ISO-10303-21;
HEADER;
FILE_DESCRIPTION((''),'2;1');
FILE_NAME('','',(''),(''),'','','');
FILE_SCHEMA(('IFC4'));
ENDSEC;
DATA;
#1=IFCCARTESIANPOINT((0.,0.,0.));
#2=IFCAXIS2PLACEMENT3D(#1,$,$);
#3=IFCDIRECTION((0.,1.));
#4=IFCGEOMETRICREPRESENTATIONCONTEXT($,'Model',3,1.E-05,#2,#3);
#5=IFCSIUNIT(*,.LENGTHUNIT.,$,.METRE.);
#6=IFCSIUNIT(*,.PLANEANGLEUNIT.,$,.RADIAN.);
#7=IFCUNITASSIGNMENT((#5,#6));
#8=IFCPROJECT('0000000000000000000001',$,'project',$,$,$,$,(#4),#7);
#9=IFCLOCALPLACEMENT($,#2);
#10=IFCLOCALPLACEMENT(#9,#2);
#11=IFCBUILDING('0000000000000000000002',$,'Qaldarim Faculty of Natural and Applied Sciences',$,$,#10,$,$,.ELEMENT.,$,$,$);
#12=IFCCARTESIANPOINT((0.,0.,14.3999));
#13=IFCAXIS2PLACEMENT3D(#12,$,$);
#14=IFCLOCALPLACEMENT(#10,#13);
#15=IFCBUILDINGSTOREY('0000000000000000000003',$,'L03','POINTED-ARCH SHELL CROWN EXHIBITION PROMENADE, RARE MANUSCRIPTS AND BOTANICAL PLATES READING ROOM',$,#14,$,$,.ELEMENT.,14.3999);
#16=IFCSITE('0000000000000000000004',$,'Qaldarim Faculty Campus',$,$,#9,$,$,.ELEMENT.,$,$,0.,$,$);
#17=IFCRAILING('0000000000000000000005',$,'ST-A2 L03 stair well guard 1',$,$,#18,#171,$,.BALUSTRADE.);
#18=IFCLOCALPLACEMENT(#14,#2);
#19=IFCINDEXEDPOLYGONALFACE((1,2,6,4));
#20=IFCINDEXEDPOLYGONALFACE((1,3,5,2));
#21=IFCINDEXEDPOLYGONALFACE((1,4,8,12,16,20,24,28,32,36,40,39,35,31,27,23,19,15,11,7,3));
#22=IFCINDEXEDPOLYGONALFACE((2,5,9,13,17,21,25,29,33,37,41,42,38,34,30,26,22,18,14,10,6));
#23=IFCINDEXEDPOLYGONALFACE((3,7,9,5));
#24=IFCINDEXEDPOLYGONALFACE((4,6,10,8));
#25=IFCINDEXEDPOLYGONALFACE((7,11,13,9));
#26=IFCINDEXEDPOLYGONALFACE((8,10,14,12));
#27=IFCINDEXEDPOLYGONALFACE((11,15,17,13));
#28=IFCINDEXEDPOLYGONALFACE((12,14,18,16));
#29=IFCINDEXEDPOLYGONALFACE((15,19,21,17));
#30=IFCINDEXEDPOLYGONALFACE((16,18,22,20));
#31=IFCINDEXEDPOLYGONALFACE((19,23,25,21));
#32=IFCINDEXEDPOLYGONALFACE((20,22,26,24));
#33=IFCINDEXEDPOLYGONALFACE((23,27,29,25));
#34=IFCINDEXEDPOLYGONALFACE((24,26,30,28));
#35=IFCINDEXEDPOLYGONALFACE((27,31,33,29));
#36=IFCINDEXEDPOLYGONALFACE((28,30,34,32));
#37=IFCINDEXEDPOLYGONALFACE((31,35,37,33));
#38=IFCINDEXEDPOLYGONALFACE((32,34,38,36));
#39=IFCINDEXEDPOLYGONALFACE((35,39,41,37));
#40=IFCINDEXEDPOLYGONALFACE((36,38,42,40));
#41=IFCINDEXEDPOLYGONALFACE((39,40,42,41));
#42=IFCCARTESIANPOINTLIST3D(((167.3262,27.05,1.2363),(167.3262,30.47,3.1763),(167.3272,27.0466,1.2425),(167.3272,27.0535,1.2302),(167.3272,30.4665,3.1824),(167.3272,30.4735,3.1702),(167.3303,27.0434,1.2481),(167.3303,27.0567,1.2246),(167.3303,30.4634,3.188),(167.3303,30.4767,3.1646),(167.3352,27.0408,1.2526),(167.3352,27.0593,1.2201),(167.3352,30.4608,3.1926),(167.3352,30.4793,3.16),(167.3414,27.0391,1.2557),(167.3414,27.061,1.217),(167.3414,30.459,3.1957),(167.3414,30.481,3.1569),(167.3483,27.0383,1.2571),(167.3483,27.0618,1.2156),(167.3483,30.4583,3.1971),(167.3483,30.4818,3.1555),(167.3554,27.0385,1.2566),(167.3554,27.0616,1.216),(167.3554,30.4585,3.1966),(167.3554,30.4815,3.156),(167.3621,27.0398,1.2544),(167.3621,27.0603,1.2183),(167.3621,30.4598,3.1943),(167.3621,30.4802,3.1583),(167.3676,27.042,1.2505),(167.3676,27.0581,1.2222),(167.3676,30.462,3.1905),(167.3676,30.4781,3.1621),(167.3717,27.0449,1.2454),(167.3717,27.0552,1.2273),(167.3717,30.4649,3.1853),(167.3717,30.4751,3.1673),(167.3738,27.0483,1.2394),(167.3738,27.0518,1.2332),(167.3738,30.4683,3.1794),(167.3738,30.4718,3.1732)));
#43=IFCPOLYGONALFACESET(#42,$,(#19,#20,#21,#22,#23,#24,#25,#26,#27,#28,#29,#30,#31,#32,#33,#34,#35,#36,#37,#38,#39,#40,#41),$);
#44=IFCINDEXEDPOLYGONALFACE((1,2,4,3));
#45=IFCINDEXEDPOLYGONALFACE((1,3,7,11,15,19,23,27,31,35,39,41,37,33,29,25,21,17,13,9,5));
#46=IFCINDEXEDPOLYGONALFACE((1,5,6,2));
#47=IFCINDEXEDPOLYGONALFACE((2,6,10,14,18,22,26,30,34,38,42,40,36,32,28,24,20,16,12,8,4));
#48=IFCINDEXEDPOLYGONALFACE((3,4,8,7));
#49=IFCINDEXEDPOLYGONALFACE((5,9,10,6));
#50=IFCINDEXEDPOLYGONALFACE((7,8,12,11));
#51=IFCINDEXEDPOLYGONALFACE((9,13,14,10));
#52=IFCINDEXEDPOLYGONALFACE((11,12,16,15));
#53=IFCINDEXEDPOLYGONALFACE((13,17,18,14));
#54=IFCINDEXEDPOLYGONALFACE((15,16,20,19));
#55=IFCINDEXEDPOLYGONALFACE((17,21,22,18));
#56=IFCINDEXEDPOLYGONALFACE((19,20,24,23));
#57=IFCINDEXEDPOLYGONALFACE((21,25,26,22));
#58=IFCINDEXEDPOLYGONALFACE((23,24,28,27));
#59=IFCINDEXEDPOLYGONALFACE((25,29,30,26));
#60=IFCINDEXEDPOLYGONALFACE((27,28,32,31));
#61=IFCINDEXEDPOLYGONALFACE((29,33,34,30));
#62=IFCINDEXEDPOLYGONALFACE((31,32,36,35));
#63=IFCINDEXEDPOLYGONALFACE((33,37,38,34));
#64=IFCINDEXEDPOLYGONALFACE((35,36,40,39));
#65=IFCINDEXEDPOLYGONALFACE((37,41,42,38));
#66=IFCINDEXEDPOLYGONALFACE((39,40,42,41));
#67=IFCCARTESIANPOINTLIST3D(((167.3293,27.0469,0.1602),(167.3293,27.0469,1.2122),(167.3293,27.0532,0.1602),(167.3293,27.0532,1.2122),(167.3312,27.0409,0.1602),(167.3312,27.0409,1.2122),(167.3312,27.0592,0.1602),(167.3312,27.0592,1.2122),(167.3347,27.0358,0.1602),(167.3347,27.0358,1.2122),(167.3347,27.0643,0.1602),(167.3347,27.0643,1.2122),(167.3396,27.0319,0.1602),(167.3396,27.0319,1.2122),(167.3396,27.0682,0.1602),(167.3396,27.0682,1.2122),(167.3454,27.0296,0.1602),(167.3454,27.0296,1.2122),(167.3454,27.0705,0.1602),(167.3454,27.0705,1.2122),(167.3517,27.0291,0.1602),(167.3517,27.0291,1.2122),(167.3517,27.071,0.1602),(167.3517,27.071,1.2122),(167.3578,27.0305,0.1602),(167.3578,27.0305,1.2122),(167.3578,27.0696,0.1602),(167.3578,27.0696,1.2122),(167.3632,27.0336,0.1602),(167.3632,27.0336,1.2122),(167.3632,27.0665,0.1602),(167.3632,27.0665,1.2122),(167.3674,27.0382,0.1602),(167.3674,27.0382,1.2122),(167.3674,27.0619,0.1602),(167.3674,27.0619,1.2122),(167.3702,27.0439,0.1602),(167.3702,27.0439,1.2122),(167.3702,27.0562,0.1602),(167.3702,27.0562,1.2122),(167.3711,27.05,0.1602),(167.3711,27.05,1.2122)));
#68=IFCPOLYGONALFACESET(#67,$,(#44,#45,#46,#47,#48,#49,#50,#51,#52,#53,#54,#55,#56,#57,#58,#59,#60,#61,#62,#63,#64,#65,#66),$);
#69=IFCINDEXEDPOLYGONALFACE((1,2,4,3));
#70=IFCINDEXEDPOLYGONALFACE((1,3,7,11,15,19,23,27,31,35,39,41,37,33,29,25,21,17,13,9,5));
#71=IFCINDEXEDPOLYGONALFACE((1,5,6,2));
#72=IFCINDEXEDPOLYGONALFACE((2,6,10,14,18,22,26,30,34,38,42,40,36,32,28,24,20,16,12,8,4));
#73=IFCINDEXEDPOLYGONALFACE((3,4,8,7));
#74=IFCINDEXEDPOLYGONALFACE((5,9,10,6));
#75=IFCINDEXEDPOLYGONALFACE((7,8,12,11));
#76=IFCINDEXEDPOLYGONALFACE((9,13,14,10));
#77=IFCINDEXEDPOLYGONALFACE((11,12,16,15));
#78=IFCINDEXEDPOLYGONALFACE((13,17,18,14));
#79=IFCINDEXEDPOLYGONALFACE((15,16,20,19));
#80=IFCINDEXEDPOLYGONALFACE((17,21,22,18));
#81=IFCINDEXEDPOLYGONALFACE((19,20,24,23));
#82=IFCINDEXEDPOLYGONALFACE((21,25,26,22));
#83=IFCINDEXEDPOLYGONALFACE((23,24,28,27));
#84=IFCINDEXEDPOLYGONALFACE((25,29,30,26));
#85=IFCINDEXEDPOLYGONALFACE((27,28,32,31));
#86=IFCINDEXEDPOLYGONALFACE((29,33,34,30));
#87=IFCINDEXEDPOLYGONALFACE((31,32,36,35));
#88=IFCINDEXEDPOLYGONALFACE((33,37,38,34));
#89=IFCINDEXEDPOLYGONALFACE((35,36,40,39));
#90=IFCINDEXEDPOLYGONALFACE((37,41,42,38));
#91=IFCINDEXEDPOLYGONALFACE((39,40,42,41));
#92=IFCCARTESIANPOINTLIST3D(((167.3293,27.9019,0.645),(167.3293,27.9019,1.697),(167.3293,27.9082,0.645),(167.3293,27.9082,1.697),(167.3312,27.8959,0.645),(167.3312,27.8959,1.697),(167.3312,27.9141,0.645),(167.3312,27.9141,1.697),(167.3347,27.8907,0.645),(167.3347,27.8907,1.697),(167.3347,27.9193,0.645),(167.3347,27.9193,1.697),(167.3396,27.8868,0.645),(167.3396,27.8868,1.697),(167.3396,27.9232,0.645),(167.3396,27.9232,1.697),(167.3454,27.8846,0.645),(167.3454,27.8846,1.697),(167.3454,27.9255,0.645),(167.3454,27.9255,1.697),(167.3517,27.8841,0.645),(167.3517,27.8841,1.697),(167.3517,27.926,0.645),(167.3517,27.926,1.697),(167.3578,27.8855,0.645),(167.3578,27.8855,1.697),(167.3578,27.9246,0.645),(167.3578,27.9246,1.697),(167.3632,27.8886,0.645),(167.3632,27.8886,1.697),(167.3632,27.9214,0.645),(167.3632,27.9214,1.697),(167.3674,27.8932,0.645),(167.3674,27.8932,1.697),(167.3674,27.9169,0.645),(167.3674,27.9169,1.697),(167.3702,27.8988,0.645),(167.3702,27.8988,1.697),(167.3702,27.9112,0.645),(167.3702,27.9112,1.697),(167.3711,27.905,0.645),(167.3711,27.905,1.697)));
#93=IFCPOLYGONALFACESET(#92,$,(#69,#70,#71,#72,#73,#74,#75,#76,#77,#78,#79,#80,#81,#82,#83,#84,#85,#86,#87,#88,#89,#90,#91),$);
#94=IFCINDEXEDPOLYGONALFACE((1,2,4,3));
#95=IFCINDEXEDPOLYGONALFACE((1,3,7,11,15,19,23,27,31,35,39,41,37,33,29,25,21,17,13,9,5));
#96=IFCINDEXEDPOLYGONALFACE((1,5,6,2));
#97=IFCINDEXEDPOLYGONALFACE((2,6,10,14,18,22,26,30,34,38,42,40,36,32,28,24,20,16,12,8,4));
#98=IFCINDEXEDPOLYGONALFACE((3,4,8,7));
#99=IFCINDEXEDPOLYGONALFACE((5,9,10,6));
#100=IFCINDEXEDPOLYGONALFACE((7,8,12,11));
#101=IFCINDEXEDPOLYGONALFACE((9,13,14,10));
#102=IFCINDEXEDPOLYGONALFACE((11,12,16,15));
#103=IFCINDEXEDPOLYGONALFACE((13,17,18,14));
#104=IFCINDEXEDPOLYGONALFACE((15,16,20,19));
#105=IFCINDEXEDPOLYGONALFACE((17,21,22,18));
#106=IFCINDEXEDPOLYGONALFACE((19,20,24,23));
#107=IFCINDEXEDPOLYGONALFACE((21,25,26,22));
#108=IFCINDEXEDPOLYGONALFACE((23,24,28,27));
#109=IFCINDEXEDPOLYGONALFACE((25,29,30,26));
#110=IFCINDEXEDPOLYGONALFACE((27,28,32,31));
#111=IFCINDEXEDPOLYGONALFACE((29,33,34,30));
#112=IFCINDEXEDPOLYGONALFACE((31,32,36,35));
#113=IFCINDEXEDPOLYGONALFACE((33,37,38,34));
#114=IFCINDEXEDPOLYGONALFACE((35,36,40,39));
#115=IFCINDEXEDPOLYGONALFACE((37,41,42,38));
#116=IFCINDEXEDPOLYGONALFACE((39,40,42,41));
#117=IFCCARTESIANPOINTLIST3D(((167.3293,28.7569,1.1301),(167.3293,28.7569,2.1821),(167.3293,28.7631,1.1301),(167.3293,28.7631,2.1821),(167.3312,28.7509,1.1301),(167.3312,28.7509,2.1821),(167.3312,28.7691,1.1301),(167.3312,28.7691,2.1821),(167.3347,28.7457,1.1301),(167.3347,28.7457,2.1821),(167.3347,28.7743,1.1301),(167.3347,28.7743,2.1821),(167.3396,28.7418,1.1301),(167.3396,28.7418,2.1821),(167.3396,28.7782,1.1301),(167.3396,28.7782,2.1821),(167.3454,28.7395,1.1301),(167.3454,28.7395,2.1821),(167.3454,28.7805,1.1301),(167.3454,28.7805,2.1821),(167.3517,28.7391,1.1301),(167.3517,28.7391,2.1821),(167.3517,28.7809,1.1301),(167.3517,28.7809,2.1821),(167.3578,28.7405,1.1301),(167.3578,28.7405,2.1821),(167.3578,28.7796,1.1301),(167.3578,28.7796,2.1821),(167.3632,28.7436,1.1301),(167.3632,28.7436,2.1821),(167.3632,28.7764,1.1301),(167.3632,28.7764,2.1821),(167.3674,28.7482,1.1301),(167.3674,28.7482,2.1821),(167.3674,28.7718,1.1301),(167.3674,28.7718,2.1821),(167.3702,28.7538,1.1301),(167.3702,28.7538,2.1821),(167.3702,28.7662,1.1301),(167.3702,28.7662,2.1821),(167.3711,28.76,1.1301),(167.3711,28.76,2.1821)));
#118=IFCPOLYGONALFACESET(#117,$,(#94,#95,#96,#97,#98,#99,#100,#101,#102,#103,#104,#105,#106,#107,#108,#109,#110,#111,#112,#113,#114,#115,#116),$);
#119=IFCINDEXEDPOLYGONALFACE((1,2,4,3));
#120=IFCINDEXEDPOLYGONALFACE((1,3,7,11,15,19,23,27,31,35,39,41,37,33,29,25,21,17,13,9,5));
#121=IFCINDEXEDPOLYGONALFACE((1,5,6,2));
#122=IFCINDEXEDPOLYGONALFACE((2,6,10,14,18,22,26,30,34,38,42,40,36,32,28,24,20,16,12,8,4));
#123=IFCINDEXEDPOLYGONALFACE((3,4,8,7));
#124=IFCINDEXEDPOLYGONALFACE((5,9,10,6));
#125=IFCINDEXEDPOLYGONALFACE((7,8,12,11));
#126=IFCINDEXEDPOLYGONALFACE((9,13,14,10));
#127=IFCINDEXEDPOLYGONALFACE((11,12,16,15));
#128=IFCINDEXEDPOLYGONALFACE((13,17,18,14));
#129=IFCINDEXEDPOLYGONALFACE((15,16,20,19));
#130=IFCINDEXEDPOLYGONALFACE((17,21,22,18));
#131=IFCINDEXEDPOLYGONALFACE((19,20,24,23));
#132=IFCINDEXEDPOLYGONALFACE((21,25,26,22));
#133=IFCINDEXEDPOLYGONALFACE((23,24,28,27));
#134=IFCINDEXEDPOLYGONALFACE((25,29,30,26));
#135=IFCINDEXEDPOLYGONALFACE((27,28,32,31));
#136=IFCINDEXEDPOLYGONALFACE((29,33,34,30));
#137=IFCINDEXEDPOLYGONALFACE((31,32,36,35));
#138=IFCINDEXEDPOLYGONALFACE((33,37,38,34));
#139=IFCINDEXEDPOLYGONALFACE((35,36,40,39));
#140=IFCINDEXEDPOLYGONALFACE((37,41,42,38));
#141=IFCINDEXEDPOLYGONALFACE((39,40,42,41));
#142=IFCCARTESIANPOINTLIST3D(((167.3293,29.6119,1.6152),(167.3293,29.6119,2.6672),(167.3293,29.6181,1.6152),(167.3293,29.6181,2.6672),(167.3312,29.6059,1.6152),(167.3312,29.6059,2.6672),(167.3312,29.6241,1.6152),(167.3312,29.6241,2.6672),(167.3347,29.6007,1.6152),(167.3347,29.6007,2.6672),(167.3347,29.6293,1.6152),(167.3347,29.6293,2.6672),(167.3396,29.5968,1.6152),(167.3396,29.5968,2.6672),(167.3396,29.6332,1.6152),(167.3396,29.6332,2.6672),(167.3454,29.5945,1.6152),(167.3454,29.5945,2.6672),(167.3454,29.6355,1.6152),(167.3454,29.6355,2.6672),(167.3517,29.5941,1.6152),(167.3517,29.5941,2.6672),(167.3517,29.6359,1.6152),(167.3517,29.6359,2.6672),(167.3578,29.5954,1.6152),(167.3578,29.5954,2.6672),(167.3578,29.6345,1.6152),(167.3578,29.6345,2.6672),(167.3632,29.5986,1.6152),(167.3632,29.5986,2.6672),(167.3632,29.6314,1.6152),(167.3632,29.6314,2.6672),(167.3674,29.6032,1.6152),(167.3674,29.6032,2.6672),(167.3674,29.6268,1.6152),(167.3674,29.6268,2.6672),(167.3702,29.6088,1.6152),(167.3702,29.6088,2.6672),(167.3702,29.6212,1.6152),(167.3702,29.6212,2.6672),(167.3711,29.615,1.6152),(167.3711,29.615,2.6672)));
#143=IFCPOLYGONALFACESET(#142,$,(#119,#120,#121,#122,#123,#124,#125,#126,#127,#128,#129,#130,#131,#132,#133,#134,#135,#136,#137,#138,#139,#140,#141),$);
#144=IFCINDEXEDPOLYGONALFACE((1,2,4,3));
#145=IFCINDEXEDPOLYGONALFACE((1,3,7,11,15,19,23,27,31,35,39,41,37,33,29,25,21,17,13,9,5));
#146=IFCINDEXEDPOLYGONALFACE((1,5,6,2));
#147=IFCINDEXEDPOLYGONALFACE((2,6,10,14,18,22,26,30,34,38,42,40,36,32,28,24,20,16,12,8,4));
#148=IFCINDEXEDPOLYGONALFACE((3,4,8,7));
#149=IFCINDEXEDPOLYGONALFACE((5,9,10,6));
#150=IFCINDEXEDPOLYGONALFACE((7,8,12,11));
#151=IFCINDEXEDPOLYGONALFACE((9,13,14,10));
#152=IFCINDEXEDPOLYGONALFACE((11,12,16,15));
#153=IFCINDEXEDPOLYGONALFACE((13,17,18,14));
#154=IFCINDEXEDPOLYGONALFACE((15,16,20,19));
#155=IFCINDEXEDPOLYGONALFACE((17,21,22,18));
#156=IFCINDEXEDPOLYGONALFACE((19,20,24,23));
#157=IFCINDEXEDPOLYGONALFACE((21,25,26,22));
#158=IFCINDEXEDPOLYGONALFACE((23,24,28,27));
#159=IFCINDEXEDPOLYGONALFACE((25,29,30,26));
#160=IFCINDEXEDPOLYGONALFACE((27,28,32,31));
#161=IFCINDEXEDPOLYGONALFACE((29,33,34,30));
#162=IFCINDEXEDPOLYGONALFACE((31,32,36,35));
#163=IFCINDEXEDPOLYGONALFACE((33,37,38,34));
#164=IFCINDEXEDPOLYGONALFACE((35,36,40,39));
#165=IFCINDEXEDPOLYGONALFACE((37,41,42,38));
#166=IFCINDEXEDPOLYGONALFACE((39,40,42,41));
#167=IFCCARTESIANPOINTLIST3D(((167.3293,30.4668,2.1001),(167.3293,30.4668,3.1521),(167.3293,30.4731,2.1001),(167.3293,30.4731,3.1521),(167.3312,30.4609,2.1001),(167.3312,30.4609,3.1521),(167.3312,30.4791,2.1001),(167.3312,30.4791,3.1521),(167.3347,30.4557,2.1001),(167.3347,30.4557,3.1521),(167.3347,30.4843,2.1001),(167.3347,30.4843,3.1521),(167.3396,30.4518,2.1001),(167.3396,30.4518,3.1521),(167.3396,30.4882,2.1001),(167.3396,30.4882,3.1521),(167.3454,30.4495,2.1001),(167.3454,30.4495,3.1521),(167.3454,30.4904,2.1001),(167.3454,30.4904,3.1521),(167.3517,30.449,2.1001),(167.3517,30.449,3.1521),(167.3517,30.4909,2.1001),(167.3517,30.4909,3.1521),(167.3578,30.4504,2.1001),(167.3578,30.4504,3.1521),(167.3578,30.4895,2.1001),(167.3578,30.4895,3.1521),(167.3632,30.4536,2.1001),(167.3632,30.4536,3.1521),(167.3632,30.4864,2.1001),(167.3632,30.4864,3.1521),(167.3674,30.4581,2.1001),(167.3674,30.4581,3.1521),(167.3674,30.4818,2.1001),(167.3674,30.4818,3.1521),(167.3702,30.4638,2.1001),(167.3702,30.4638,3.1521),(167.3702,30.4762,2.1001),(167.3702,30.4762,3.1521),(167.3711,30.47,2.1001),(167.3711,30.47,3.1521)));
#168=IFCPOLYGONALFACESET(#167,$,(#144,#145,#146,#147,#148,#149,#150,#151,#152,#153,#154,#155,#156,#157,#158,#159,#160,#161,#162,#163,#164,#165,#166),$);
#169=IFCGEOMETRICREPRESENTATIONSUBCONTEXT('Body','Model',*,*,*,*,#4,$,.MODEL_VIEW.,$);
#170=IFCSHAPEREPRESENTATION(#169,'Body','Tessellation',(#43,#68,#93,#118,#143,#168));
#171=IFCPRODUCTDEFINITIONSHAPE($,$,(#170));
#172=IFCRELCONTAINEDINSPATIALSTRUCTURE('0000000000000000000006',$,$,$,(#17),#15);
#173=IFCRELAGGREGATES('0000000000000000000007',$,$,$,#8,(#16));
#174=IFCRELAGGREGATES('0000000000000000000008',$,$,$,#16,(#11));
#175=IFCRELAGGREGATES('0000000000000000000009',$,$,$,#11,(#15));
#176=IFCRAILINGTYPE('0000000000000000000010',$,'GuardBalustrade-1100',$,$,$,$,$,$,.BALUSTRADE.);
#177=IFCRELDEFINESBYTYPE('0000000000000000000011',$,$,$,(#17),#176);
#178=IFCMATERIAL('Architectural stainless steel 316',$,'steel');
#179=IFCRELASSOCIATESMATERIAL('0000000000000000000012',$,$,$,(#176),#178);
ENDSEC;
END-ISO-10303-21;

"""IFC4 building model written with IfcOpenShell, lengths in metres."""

from ifc_helpers import new_model, si_unit, direction, frame, origin, origin_2d, place, context, subcontext, project, spatial, circle, extrude, material, type_object, element, save


model = new_model("IFC4")

# Units and contexts
model_context = context("Model", 3, precision=1e-05, world=origin(), true_north=direction((0.0, 1.0)))
body_context = subcontext(model_context, "Body", "Model", "MODEL_VIEW")
ifc_project = project(units=[si_unit("LENGTHUNIT", "METRE"), si_unit("PLANEANGLEUNIT", "RADIAN")], contexts=[model_context])

# Site, building, storey
site_placement = place(None, origin())
site = spatial("IfcSite", under=ifc_project, at=site_placement, Name="Qaldarim Faculty Campus", CompositionType="ELEMENT", RefElevation=0.0)
building_placement = place(site_placement, origin())
building = spatial("IfcBuilding", under=site, at=building_placement, Name="Qaldarim Faculty of Natural and Applied Sciences", CompositionType="ELEMENT")
storey_placement = place(building_placement, frame((0.0, 0.0, 14.3999)))
storey = spatial("IfcBuildingStorey", under=building, at=storey_placement, Name="L03", Description="POINTED-ARCH SHELL CROWN EXHIBITION PROMENADE, RARE MANUSCRIPTS AND BOTANICAL PLATES READING ROOM", CompositionType="ELEMENT", Elevation=14.3999)

# Shared definitions
ifc_material_1 = material(Name="Architectural stainless steel 316", Category="steel")

# Railing
railing_type_1 = type_object("IfcRailingType", Name="GuardBalustrade-1100", PredefinedType="BALUSTRADE", material=ifc_material_1)
railing_1_placement = place(storey_placement, frame((167.3501, 27.05, 0.1602)))
element("IfcRailing", 1, at=railing_1_placement, inside=storey, type_object=railing_type_1, Name="ST-A2 L03 stair well guard 1", PredefinedType="BALUSTRADE", context=body_context, shape_type="SweptSolid", body=[
    extrude(circle(Radius=0.0239, at=origin_2d()), frame((0.0, 0.0, 1.0762), z_axis=(0.0, 0.869805, 0.493395), x_axis=(-1.0, 0.0, 0.0)), (0.0, 0.0, 1.0), 3.9319),
    extrude(circle(Radius=0.021, at=origin_2d()), origin(), (0.0, 0.0, 1.0), 1.052),
    extrude(circle(Radius=0.021, at=origin_2d()), frame((0.0, 0.855, 0.4849)), (0.0, 0.0, 1.0), 1.052),
    extrude(circle(Radius=0.021, at=origin_2d()), frame((0.0, 1.71, 0.97)), (0.0, 0.0, 1.0), 1.052),
    extrude(circle(Radius=0.021, at=origin_2d()), frame((0.0, 2.5649, 1.4551)), (0.0, 0.0, 1.0), 1.052),
    extrude(circle(Radius=0.021, at=origin_2d()), frame((0.0, 3.4199, 1.9399)), (0.0, 0.0, 1.0), 1.052),
])

save(model, "model.ifc")
